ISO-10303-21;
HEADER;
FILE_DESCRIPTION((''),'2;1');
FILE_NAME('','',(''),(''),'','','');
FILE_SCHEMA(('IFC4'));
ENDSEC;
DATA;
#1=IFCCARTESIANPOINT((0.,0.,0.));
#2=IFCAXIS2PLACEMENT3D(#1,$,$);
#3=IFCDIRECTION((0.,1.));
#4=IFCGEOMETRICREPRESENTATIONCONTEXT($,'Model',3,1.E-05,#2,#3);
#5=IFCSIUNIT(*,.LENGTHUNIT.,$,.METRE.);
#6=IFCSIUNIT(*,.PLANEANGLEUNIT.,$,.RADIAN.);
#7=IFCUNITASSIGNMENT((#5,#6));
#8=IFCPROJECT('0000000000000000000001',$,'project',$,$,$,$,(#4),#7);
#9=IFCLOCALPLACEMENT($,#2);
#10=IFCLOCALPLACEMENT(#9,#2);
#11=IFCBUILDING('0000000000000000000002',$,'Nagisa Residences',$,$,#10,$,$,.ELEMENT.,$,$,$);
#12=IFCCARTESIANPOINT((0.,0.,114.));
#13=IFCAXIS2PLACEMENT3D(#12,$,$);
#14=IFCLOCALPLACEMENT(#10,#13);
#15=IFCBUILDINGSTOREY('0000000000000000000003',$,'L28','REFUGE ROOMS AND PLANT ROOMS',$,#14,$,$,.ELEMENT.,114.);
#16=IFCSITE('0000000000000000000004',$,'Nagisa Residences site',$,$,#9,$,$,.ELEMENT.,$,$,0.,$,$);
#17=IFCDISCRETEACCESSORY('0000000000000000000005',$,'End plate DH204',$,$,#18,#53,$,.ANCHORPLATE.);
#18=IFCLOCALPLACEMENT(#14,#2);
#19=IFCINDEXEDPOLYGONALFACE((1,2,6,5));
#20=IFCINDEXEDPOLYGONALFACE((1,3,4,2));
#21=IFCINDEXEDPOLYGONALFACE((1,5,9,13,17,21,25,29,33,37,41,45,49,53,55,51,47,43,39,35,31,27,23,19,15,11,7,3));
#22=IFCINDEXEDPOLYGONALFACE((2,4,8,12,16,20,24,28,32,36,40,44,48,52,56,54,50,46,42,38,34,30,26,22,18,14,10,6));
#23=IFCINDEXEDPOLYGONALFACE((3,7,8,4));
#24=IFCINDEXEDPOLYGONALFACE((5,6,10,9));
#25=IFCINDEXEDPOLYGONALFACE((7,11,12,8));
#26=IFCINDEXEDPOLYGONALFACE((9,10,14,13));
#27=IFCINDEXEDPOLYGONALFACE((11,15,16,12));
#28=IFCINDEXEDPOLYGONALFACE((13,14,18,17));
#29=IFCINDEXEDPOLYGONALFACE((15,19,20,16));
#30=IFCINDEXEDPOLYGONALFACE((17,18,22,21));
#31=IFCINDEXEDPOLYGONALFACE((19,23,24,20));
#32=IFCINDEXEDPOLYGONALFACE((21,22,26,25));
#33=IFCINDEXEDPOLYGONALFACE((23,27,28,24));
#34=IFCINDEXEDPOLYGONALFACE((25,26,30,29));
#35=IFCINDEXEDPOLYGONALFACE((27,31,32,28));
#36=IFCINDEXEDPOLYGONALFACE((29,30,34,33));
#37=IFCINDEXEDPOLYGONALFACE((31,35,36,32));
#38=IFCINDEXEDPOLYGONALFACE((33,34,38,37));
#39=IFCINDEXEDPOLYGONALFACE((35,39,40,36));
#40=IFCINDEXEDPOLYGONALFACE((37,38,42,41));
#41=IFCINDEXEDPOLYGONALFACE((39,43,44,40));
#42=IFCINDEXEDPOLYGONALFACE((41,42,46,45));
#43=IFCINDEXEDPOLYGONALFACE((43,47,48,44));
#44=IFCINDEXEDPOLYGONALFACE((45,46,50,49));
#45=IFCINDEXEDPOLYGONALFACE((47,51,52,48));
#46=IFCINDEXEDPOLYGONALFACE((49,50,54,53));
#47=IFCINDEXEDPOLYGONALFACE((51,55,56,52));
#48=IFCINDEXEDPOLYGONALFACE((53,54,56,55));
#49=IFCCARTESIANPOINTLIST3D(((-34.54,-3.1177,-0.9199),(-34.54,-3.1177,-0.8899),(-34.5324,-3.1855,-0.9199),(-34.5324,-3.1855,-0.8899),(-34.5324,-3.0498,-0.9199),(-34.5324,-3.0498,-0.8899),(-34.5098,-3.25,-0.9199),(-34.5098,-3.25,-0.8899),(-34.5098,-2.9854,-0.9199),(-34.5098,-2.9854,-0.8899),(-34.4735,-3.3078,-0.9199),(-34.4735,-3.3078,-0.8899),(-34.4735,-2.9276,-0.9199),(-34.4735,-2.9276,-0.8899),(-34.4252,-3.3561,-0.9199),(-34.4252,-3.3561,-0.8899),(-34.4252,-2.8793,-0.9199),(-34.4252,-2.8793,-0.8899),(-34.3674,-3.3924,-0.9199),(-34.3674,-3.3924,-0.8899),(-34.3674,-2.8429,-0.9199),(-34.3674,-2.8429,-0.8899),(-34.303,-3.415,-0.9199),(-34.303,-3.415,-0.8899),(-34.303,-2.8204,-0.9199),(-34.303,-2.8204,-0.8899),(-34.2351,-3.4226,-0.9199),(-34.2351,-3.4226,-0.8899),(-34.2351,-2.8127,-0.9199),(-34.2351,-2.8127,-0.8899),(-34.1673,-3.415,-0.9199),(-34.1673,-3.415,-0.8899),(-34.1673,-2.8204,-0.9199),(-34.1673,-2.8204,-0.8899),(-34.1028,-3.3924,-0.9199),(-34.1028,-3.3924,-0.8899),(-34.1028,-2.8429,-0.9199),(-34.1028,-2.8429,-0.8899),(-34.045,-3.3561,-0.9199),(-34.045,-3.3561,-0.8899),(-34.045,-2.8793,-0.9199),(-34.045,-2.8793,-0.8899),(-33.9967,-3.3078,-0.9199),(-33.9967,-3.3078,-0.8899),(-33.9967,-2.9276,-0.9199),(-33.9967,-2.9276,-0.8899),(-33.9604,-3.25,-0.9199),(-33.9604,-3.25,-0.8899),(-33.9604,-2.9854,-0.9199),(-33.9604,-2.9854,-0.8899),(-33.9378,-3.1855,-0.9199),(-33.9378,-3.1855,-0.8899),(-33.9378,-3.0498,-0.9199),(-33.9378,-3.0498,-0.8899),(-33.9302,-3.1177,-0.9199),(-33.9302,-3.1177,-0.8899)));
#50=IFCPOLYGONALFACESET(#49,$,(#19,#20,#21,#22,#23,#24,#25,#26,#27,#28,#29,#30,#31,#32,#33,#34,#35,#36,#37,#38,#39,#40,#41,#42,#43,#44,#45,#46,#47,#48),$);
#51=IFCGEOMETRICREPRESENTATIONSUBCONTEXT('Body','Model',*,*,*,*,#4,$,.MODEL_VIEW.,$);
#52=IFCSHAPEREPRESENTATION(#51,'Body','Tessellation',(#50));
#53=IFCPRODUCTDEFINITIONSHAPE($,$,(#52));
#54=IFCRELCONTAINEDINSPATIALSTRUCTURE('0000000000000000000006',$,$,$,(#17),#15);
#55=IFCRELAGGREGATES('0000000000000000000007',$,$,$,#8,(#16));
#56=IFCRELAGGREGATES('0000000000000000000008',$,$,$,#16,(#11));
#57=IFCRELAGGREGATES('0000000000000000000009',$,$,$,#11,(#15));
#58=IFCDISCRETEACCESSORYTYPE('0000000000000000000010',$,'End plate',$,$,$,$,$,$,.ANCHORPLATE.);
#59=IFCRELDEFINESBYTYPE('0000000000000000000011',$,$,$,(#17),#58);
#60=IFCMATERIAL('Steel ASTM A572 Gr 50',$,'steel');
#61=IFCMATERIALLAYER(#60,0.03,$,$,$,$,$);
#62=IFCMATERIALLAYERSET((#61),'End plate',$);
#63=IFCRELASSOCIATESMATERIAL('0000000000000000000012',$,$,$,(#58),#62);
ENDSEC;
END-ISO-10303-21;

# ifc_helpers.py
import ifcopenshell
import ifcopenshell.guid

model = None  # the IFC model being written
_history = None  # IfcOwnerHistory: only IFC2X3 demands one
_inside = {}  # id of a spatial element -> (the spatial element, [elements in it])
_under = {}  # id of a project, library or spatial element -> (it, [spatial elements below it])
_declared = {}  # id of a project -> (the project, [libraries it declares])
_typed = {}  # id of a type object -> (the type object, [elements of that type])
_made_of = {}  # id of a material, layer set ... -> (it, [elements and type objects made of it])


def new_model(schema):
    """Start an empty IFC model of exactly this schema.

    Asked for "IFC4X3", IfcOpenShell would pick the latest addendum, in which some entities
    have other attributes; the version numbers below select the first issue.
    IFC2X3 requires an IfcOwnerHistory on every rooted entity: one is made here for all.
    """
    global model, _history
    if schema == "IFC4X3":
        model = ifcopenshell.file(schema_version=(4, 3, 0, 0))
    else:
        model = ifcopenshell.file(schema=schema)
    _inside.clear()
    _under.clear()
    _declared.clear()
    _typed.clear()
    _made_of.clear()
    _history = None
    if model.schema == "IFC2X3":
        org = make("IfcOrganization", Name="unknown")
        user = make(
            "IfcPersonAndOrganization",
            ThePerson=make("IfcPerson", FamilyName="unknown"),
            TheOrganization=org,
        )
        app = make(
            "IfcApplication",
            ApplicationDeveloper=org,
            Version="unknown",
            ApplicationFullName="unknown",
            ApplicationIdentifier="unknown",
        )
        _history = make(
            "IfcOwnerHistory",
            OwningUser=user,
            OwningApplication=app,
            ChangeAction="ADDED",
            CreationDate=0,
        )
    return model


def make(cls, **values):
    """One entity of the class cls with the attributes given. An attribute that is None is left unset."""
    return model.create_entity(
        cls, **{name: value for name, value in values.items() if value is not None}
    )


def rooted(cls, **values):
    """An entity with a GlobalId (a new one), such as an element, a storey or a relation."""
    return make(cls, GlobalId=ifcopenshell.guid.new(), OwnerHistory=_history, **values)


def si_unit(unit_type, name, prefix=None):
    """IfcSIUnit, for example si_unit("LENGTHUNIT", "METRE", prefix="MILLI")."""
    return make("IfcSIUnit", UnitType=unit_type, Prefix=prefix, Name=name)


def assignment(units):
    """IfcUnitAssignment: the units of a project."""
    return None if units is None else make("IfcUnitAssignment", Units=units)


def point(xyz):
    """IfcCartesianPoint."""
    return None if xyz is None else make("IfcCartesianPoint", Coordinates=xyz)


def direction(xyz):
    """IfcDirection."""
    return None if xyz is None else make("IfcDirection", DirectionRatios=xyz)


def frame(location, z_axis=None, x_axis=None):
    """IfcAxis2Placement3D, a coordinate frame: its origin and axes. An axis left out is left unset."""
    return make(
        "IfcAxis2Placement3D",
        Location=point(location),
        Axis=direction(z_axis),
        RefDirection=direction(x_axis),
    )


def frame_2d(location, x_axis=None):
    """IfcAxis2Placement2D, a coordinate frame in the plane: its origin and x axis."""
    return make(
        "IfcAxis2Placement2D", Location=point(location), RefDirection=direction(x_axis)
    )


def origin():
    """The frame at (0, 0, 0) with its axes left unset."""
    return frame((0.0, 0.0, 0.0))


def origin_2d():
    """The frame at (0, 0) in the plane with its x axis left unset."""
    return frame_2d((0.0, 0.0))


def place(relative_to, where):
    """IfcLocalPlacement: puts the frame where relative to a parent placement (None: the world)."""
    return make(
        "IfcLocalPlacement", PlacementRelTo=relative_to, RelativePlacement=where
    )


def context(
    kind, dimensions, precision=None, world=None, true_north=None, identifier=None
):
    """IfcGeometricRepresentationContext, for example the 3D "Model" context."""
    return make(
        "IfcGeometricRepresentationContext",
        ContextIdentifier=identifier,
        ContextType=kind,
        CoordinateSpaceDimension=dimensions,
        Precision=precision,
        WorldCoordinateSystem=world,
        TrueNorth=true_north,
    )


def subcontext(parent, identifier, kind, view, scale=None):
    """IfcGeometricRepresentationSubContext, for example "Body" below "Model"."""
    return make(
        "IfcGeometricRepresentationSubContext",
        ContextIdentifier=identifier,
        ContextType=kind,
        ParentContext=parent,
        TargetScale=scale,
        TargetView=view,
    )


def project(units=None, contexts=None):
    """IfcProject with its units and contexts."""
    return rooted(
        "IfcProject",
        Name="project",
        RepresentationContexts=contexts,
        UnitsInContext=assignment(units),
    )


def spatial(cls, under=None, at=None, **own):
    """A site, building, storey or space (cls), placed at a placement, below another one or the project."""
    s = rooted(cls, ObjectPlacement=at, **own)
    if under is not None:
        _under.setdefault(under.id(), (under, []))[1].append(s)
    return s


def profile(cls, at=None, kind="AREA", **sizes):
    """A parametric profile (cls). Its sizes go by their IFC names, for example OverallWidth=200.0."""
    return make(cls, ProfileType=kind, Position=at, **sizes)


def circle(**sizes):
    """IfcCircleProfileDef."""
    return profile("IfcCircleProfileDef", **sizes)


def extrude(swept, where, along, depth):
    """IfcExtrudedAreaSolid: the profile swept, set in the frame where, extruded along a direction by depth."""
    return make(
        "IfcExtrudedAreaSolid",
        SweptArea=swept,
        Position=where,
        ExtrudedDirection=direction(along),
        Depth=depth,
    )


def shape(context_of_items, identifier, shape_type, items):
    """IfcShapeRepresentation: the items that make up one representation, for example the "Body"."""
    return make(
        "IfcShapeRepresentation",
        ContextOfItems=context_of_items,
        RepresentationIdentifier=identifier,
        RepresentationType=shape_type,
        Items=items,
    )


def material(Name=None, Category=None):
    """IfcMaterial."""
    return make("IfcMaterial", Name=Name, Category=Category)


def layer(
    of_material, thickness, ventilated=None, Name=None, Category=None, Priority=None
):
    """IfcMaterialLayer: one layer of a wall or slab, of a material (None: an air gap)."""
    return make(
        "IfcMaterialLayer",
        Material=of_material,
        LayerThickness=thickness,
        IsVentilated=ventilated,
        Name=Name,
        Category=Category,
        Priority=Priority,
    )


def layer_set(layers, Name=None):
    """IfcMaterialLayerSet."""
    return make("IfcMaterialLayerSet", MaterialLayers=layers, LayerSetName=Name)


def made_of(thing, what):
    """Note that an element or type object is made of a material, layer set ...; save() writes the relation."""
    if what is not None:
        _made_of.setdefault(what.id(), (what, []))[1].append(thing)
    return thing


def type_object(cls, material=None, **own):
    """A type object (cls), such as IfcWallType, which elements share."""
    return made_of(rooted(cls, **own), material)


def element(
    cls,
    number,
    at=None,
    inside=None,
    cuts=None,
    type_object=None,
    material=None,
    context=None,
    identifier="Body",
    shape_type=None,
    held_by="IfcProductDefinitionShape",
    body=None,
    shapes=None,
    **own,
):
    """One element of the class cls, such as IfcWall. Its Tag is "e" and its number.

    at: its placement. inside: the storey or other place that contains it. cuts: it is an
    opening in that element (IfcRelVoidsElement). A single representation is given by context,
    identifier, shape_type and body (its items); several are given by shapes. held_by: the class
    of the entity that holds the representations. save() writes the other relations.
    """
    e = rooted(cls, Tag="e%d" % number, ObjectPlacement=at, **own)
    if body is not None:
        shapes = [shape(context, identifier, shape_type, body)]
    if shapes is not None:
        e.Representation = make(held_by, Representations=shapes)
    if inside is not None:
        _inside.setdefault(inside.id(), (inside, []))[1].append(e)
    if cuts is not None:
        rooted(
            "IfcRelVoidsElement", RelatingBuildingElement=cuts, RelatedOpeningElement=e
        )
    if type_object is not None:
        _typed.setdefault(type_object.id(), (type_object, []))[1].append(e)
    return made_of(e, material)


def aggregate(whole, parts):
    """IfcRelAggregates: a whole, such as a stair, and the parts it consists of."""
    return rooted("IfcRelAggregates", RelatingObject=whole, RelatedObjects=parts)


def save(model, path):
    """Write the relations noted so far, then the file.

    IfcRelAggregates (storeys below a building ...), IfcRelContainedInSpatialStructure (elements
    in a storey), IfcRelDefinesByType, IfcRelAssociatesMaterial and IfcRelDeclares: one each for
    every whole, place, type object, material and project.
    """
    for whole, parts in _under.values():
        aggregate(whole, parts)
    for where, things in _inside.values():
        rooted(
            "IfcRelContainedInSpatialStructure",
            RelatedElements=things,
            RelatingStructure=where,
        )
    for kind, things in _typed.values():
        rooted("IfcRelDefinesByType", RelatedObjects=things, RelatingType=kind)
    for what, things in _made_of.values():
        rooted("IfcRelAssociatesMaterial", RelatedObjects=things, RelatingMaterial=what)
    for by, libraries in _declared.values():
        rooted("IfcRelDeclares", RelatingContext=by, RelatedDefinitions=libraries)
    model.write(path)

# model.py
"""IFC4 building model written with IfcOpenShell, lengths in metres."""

from ifc_helpers import new_model, si_unit, direction, frame, origin, origin_2d, place, context, subcontext, project, spatial, circle, extrude, material, layer, layer_set, type_object, element, save


model = new_model("IFC4")

# Units and contexts
model_context = context("Model", 3, precision=1e-05, world=origin(), true_north=direction((0.0, 1.0)))
body_context = subcontext(model_context, "Body", "Model", "MODEL_VIEW")
ifc_project = project(units=[si_unit("LENGTHUNIT", "METRE"), si_unit("PLANEANGLEUNIT", "RADIAN")], contexts=[model_context])

# Site, building, storey
site_placement = place(None, origin())
site = spatial("IfcSite", under=ifc_project, at=site_placement, Name="Nagisa Residences site", CompositionType="ELEMENT", RefElevation=0.0)
building_placement = place(site_placement, origin())
building = spatial("IfcBuilding", under=site, at=building_placement, Name="Nagisa Residences", CompositionType="ELEMENT")
storey_placement = place(building_placement, frame((0.0, 0.0, 114.0)))
storey = spatial("IfcBuildingStorey", under=building, at=storey_placement, Name="L28", Description="REFUGE ROOMS AND PLANT ROOMS", CompositionType="ELEMENT", Elevation=114.0)

# Discrete accessory
ifc_material_1 = material(Name="Steel ASTM A572 Gr 50", Category="steel")
ifc_layer_1 = layer(ifc_material_1, 0.03)
ifc_layer_set_1 = layer_set([ifc_layer_1], Name="End plate")
discrete_accessory_type = type_object("IfcDiscreteAccessoryType", Name="End plate", PredefinedType="ANCHORPLATE", material=ifc_layer_set_1)
discrete_accessory_placement = place(storey_placement, frame((-34.2351, -3.1177, -0.8899), z_axis=(0.0, 0.0, -1.0), x_axis=(1.0, 0.0, 0.0)))
element("IfcDiscreteAccessory", 1, at=discrete_accessory_placement, inside=storey, type_object=discrete_accessory_type, Name="End plate DH204", PredefinedType="ANCHORPLATE", context=body_context, shape_type="SweptSolid", body=[
    extrude(circle(Radius=0.3049, at=origin_2d()), origin(), (0.0, 0.0, 1.0), 0.03),
])

save(model, "model.ifc")
